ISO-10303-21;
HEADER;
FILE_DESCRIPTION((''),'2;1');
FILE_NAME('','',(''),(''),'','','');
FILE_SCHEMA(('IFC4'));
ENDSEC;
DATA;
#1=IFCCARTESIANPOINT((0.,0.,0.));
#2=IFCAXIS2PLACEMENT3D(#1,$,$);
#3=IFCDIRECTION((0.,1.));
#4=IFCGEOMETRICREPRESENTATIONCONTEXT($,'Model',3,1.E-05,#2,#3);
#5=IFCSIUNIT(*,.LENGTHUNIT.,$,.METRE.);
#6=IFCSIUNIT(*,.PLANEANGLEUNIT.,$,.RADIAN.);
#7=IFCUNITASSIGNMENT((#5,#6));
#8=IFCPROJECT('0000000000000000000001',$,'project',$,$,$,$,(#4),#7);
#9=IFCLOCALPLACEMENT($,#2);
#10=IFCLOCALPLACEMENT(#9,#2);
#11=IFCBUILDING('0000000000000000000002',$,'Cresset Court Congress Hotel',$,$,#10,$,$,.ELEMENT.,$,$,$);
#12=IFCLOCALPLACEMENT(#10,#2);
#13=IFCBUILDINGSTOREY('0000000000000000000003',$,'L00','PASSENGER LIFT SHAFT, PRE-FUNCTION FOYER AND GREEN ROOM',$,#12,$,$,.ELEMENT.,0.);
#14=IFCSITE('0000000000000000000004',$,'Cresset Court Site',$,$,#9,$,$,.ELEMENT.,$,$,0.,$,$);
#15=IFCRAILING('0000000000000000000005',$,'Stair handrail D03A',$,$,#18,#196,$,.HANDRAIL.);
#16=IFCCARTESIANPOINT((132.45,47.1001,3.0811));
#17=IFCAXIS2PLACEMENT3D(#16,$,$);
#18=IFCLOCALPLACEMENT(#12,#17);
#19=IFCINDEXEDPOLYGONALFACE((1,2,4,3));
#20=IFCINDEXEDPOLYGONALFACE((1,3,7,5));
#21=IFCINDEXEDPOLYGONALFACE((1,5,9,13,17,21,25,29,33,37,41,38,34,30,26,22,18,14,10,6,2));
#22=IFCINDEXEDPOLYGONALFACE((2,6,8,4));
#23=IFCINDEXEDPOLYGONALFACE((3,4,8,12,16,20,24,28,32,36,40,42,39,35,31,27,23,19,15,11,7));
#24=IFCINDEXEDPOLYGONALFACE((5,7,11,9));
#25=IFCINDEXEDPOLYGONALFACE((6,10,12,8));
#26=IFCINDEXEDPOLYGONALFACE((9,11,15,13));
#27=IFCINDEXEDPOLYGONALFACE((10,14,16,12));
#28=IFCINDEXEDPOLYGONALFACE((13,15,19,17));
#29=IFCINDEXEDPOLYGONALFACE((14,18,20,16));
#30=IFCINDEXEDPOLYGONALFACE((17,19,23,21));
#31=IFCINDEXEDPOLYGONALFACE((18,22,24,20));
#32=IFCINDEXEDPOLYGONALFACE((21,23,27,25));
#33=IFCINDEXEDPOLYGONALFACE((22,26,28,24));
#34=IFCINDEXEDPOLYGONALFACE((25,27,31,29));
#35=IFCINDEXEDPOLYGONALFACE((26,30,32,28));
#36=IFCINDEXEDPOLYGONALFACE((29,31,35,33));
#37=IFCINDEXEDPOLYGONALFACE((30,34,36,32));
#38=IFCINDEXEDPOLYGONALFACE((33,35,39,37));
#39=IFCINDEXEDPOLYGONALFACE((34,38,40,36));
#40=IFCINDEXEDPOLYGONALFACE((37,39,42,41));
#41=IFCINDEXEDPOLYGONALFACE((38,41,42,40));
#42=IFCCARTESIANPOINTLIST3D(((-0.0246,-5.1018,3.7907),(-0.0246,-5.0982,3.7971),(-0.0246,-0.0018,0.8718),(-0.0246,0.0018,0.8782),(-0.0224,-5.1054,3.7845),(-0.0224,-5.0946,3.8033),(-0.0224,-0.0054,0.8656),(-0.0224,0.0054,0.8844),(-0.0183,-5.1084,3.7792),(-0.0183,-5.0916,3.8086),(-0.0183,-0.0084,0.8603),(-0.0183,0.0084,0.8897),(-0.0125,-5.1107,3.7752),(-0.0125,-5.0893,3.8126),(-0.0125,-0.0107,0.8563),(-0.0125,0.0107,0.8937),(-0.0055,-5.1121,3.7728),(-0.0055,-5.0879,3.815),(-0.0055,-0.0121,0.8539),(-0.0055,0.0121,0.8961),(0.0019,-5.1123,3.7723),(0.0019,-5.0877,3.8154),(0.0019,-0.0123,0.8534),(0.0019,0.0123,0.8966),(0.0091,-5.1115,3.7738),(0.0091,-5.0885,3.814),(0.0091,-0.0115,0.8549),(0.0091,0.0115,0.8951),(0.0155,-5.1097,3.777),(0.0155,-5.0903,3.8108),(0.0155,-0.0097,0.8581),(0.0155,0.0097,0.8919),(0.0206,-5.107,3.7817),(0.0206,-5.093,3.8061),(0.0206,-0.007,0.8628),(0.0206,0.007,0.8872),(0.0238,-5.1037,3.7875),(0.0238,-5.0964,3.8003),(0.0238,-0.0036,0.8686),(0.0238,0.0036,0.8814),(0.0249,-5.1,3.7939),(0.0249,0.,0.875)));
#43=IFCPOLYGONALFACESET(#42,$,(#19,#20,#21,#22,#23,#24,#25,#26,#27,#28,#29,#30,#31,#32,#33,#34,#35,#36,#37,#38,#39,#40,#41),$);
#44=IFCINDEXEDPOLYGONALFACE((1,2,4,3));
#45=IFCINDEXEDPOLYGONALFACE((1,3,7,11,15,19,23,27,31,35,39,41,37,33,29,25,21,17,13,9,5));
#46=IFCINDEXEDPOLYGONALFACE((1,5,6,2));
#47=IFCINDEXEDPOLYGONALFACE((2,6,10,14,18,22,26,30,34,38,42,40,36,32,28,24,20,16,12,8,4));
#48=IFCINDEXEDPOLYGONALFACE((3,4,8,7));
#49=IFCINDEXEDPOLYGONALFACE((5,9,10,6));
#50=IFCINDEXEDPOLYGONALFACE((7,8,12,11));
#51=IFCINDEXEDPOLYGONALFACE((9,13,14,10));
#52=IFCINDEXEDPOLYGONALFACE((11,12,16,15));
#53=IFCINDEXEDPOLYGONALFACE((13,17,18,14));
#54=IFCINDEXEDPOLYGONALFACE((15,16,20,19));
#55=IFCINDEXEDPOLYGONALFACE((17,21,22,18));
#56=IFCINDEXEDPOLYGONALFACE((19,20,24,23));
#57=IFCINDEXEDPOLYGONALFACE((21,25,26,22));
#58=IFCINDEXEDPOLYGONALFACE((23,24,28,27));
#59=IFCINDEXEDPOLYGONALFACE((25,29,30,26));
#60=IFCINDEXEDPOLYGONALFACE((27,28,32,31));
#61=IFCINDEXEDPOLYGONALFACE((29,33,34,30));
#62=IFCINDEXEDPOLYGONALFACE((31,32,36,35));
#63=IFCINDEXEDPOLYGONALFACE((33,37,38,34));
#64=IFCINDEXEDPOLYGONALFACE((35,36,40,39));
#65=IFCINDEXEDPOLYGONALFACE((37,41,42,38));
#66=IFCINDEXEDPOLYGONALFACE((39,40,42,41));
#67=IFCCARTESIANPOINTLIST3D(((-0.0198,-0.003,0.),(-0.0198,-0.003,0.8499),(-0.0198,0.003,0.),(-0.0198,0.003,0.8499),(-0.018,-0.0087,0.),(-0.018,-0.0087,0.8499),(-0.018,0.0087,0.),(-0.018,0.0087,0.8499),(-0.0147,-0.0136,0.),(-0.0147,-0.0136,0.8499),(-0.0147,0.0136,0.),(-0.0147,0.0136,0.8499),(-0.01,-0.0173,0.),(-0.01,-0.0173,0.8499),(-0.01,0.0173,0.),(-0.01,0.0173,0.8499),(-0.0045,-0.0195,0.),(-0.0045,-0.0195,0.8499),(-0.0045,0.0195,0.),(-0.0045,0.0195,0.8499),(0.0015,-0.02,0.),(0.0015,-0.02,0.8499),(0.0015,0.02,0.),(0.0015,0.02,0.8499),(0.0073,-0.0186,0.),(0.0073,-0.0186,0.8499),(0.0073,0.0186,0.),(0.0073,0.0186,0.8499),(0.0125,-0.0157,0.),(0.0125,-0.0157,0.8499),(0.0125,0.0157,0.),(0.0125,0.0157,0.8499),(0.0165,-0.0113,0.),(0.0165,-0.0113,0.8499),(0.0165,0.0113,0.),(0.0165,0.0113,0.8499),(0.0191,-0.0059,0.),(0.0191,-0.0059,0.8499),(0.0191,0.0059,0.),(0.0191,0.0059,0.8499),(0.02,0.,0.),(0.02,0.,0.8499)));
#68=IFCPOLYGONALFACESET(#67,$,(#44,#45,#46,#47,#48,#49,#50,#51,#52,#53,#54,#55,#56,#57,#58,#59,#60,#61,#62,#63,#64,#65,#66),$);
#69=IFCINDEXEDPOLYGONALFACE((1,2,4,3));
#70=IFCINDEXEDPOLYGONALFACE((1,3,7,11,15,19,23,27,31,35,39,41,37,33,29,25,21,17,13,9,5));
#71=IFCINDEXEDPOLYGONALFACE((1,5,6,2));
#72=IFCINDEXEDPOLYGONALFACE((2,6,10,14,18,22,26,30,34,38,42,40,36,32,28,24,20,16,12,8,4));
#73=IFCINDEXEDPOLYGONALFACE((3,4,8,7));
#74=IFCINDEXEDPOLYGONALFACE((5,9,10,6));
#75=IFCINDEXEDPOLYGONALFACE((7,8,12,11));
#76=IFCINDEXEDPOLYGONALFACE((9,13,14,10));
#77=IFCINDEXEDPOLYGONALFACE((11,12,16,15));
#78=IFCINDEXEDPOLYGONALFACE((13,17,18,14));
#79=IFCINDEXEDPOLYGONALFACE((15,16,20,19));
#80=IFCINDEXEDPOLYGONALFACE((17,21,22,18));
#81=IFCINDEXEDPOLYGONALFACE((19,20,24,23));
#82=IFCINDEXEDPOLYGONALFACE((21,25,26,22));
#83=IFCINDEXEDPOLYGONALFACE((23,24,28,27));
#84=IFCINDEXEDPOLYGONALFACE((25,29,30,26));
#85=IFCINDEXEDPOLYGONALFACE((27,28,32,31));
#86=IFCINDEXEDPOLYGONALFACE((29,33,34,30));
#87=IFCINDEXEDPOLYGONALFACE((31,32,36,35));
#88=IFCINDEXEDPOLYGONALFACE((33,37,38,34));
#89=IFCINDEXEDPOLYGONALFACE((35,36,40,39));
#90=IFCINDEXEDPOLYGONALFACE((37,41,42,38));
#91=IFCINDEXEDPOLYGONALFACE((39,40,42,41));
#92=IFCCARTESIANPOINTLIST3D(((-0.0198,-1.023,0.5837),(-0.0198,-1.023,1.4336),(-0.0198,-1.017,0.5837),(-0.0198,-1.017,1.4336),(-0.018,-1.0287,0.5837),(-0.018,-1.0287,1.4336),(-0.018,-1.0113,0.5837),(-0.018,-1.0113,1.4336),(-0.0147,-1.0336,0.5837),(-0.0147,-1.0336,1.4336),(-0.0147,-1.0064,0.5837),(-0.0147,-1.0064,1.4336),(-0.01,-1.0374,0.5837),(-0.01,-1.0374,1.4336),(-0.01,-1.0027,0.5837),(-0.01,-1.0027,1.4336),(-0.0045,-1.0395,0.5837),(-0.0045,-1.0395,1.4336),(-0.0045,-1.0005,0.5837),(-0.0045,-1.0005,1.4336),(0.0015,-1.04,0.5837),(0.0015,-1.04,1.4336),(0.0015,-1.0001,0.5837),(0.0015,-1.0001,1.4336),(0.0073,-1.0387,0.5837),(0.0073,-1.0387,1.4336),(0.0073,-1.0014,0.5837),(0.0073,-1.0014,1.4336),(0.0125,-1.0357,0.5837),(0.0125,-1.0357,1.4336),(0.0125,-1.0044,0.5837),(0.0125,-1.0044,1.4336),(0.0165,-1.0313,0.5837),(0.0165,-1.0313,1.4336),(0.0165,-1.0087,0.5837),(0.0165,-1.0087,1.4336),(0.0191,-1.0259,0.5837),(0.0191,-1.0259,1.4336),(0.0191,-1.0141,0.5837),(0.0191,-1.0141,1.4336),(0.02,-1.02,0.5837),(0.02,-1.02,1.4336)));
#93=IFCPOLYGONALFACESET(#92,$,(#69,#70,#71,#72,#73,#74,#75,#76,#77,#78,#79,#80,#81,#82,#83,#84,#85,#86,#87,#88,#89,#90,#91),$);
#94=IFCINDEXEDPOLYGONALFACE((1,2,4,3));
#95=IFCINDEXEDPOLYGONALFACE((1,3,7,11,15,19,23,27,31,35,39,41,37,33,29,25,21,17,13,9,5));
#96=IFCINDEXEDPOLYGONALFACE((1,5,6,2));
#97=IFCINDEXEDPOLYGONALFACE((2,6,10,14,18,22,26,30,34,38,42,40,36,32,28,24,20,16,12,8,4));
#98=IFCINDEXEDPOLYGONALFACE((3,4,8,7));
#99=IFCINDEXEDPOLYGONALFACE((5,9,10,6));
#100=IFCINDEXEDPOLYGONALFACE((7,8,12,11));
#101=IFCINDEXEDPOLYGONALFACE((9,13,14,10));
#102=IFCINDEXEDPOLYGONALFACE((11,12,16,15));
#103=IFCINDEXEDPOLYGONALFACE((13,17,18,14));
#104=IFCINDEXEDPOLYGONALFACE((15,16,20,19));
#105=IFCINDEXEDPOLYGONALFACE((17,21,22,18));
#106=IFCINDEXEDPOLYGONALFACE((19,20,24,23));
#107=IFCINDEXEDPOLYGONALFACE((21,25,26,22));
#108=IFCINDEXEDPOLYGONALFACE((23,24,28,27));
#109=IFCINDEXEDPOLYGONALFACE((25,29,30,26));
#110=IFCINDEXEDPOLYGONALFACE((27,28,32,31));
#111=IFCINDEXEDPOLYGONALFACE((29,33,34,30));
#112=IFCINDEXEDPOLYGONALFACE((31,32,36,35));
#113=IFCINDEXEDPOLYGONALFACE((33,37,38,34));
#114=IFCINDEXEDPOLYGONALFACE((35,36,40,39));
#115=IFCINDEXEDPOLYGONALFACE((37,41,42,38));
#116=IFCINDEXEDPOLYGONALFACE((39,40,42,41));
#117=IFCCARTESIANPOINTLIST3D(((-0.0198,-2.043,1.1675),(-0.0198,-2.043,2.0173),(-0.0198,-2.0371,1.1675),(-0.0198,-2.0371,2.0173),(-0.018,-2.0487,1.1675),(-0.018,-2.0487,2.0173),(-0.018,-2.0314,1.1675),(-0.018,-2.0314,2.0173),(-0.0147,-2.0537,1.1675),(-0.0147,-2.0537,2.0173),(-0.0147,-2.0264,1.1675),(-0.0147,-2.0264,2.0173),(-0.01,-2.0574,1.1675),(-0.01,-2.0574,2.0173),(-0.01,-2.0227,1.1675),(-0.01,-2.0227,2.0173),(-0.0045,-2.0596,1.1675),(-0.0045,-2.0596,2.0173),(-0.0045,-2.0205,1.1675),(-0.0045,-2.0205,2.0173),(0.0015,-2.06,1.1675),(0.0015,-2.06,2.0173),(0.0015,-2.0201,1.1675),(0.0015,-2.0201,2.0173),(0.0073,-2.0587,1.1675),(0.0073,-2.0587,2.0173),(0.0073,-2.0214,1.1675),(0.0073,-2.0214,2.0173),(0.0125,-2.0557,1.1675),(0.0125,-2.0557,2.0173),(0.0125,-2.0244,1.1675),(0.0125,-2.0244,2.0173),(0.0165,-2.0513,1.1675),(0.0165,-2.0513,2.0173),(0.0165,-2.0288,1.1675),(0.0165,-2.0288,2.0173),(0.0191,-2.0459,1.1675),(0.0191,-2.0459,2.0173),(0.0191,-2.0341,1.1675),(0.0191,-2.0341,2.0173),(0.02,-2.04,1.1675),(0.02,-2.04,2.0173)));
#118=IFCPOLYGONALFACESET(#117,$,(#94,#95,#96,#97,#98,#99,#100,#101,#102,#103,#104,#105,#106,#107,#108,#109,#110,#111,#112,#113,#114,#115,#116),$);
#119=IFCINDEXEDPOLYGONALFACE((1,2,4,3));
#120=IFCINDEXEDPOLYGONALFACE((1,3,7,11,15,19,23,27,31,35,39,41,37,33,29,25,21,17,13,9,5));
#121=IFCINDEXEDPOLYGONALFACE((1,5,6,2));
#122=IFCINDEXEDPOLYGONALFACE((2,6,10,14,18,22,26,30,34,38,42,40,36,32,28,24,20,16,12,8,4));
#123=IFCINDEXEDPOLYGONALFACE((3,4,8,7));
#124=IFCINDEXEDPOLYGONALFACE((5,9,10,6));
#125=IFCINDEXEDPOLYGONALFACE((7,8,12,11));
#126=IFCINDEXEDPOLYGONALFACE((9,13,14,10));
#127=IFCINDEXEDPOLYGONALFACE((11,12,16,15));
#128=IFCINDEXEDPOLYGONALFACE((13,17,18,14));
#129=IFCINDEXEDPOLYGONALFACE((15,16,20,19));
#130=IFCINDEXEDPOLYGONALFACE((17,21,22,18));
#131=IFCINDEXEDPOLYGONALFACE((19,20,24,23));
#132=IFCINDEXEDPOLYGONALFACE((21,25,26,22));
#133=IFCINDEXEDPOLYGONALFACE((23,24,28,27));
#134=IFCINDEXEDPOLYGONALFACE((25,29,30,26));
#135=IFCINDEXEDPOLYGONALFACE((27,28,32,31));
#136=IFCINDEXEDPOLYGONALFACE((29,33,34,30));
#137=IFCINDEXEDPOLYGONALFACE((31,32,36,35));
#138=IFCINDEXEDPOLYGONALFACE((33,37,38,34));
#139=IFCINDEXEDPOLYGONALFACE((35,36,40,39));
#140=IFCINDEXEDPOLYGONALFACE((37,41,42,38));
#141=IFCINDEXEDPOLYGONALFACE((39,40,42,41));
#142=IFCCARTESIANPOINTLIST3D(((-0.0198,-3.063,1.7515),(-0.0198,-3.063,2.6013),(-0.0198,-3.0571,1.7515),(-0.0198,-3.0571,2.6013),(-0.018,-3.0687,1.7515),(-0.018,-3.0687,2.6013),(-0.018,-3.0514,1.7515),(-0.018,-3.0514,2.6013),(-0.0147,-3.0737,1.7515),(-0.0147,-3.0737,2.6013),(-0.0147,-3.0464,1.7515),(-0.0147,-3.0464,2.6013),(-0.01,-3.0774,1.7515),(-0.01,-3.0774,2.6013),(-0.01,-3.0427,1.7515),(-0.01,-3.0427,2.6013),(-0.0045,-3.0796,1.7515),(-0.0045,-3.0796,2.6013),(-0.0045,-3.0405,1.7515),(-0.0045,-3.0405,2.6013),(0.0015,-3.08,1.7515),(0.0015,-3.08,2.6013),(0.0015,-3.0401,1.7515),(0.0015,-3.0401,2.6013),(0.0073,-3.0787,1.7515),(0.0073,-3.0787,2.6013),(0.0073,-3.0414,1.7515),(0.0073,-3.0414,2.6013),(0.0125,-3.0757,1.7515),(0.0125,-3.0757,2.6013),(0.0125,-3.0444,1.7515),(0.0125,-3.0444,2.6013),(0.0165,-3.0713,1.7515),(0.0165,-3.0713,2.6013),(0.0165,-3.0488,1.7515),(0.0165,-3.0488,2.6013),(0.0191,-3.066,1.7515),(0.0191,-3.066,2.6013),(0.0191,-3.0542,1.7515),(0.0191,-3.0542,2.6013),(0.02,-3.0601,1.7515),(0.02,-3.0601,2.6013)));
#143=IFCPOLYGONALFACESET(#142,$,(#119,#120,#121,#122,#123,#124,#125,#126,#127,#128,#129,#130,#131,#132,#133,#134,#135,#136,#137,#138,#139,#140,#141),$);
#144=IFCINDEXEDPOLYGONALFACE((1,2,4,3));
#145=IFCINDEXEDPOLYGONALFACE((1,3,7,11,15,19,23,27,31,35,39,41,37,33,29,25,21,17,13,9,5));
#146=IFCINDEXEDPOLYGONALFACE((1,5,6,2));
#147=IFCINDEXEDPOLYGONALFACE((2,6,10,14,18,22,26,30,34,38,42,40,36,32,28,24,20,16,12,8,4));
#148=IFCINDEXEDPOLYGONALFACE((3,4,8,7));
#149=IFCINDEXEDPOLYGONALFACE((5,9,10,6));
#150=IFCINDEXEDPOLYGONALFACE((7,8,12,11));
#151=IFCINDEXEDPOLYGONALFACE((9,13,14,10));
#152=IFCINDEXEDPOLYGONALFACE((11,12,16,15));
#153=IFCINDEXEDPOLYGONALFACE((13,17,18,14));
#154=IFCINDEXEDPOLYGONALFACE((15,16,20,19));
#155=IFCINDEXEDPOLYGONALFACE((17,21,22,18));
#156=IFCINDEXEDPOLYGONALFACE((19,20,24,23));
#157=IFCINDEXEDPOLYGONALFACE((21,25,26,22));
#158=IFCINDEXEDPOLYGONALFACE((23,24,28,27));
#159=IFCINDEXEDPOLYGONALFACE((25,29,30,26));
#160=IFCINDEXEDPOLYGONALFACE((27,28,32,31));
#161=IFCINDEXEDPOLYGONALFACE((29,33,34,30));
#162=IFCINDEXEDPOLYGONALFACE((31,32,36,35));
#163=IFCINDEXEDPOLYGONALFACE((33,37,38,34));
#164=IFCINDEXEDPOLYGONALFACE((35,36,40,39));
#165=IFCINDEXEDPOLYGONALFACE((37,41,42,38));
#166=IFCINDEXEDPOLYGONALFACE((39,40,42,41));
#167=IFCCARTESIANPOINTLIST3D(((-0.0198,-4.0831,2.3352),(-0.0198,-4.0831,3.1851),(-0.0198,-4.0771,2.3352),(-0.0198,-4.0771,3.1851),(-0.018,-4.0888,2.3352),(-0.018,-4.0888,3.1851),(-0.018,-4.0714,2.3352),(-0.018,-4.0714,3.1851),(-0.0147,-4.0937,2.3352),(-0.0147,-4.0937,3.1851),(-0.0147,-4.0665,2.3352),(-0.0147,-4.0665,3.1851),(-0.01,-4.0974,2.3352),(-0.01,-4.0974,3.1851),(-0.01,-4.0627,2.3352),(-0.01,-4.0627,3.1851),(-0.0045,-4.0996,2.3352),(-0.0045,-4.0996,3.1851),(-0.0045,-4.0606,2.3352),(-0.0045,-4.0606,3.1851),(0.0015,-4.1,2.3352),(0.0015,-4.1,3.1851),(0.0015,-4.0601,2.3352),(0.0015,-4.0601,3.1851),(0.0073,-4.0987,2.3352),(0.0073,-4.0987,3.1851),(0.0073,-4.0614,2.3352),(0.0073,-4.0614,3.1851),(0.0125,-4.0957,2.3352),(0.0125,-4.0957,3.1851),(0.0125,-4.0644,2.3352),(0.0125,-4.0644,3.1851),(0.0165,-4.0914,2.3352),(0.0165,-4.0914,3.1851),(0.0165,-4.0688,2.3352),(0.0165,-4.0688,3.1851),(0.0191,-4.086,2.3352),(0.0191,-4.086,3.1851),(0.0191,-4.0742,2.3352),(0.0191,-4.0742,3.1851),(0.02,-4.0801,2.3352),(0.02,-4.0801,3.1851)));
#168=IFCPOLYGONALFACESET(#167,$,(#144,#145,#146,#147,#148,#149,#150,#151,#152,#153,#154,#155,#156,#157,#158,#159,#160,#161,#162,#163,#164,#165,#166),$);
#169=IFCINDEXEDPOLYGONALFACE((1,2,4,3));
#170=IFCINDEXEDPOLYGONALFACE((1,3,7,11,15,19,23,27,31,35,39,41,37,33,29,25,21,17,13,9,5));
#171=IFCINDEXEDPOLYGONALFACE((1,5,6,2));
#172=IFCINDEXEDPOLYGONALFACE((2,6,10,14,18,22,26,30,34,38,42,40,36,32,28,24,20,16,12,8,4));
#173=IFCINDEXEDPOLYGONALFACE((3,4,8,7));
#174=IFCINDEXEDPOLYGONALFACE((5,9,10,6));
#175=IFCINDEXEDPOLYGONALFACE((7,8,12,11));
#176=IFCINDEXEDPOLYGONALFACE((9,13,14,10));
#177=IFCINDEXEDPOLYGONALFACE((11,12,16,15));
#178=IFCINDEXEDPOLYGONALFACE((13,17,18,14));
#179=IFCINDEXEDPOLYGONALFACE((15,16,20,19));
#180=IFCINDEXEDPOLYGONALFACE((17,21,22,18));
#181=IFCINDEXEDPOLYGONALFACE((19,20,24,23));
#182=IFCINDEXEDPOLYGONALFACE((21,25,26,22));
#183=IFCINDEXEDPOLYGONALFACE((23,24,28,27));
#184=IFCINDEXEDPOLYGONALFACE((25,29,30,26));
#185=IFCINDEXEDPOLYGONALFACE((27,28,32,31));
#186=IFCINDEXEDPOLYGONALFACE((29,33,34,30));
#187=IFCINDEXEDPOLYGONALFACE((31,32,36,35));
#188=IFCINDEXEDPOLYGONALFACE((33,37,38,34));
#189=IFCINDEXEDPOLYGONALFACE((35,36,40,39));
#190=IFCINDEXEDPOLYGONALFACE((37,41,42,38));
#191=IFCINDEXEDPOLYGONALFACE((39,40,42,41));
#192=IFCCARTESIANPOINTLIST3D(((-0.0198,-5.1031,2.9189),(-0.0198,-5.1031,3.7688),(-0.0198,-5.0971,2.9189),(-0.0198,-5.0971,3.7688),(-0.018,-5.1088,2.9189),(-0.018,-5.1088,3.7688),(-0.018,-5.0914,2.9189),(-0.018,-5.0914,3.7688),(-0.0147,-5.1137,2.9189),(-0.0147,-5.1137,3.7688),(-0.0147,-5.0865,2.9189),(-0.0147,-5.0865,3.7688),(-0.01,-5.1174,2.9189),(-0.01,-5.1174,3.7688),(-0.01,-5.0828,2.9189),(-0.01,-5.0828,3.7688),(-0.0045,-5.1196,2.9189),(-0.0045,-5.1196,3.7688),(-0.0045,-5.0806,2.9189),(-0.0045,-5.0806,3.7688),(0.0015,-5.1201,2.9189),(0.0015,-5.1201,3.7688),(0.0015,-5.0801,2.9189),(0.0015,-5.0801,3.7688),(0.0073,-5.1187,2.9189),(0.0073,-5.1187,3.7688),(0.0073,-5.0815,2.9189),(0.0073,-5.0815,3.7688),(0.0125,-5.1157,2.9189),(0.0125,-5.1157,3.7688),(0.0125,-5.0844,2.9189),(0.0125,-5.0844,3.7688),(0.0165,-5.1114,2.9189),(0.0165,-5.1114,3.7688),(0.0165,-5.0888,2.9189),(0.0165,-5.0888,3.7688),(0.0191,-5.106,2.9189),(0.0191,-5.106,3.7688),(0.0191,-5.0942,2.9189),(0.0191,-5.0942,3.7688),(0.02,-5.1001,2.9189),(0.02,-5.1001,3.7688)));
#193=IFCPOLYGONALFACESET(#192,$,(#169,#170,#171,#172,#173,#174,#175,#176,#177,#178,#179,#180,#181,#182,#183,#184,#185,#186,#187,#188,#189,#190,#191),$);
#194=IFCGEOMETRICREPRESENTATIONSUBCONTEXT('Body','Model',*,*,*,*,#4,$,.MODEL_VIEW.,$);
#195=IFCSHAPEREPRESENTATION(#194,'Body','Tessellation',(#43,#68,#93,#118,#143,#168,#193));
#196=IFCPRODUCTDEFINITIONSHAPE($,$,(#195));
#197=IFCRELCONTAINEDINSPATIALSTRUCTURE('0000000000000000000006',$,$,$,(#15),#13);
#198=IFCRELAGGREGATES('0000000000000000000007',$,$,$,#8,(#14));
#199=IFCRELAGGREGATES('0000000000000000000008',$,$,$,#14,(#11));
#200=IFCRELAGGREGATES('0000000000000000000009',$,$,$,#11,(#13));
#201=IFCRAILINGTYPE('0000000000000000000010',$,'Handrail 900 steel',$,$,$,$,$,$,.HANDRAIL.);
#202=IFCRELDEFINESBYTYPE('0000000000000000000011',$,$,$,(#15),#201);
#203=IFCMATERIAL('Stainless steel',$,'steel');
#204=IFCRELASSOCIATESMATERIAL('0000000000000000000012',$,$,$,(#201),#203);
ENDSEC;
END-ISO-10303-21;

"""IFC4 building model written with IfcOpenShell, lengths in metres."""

from ifc_helpers import new_model, si_unit, direction, frame, origin, origin_2d, place, context, subcontext, project, spatial, circle, extrude, material, type_object, element, save


model = new_model("IFC4")

# Units and contexts
model_context = context("Model", 3, precision=1e-05, world=origin(), true_north=direction((0.0, 1.0)))
body_context = subcontext(model_context, "Body", "Model", "MODEL_VIEW")
ifc_project = project(units=[si_unit("LENGTHUNIT", "METRE"), si_unit("PLANEANGLEUNIT", "RADIAN")], contexts=[model_context])

# Site, building, storey
site_placement = place(None, origin())
site = spatial("IfcSite", under=ifc_project, at=site_placement, Name="Cresset Court Site", CompositionType="ELEMENT", RefElevation=0.0)
building_placement = place(site_placement, origin())
building = spatial("IfcBuilding", under=site, at=building_placement, Name="Cresset Court Congress Hotel", CompositionType="ELEMENT")
storey_placement = place(building_placement, origin())
storey = spatial("IfcBuildingStorey", under=building, at=storey_placement, Name="L00", Description="PASSENGER LIFT SHAFT, PRE-FUNCTION FOYER AND GREEN ROOM", CompositionType="ELEMENT", Elevation=0.0)

# Railing
ifc_material_1 = material(Name="Stainless steel", Category="steel")
railing_type_1 = type_object("IfcRailingType", Name="Handrail 900 steel", PredefinedType="HANDRAIL", material=ifc_material_1)
railing_1_placement = place(storey_placement, frame((132.45, 47.1001, 3.0811)))
element("IfcRailing", 1, at=railing_1_placement, inside=storey, type_object=railing_type_1, Name="Stair handrail D03A", PredefinedType="HANDRAIL", context=body_context, shape_type="SweptSolid", body=[
    extrude(circle(Radius=0.0249, at=origin_2d()), frame((0.0, 0.0, 0.875), z_axis=(0.0, -0.867905, 0.496729), x_axis=(1.0, 0.0, 0.0)), (0.0, 0.0, 1.0), 5.8762),
    extrude(circle(Radius=0.02, at=origin_2d()), origin(), (0.0, 0.0, 1.0), 0.8499),
    extrude(circle(Radius=0.02, at=origin_2d()), frame((0.0, -1.02, 0.5837)), (0.0, 0.0, 1.0), 0.8499),
    extrude(circle(Radius=0.02, at=origin_2d()), frame((0.0, -2.04, 1.1675)), (0.0, 0.0, 1.0), 0.8499),
    extrude(circle(Radius=0.02, at=origin_2d()), frame((0.0, -3.0601, 1.7515)), (0.0, 0.0, 1.0), 0.8499),
    extrude(circle(Radius=0.02, at=origin_2d()), frame((0.0, -4.0801, 2.3352)), (0.0, 0.0, 1.0), 0.8499),
    extrude(circle(Radius=0.02, at=origin_2d()), frame((0.0, -5.1001, 2.9189)), (0.0, 0.0, 1.0), 0.8499),
])

save(model, "model.ifc")
